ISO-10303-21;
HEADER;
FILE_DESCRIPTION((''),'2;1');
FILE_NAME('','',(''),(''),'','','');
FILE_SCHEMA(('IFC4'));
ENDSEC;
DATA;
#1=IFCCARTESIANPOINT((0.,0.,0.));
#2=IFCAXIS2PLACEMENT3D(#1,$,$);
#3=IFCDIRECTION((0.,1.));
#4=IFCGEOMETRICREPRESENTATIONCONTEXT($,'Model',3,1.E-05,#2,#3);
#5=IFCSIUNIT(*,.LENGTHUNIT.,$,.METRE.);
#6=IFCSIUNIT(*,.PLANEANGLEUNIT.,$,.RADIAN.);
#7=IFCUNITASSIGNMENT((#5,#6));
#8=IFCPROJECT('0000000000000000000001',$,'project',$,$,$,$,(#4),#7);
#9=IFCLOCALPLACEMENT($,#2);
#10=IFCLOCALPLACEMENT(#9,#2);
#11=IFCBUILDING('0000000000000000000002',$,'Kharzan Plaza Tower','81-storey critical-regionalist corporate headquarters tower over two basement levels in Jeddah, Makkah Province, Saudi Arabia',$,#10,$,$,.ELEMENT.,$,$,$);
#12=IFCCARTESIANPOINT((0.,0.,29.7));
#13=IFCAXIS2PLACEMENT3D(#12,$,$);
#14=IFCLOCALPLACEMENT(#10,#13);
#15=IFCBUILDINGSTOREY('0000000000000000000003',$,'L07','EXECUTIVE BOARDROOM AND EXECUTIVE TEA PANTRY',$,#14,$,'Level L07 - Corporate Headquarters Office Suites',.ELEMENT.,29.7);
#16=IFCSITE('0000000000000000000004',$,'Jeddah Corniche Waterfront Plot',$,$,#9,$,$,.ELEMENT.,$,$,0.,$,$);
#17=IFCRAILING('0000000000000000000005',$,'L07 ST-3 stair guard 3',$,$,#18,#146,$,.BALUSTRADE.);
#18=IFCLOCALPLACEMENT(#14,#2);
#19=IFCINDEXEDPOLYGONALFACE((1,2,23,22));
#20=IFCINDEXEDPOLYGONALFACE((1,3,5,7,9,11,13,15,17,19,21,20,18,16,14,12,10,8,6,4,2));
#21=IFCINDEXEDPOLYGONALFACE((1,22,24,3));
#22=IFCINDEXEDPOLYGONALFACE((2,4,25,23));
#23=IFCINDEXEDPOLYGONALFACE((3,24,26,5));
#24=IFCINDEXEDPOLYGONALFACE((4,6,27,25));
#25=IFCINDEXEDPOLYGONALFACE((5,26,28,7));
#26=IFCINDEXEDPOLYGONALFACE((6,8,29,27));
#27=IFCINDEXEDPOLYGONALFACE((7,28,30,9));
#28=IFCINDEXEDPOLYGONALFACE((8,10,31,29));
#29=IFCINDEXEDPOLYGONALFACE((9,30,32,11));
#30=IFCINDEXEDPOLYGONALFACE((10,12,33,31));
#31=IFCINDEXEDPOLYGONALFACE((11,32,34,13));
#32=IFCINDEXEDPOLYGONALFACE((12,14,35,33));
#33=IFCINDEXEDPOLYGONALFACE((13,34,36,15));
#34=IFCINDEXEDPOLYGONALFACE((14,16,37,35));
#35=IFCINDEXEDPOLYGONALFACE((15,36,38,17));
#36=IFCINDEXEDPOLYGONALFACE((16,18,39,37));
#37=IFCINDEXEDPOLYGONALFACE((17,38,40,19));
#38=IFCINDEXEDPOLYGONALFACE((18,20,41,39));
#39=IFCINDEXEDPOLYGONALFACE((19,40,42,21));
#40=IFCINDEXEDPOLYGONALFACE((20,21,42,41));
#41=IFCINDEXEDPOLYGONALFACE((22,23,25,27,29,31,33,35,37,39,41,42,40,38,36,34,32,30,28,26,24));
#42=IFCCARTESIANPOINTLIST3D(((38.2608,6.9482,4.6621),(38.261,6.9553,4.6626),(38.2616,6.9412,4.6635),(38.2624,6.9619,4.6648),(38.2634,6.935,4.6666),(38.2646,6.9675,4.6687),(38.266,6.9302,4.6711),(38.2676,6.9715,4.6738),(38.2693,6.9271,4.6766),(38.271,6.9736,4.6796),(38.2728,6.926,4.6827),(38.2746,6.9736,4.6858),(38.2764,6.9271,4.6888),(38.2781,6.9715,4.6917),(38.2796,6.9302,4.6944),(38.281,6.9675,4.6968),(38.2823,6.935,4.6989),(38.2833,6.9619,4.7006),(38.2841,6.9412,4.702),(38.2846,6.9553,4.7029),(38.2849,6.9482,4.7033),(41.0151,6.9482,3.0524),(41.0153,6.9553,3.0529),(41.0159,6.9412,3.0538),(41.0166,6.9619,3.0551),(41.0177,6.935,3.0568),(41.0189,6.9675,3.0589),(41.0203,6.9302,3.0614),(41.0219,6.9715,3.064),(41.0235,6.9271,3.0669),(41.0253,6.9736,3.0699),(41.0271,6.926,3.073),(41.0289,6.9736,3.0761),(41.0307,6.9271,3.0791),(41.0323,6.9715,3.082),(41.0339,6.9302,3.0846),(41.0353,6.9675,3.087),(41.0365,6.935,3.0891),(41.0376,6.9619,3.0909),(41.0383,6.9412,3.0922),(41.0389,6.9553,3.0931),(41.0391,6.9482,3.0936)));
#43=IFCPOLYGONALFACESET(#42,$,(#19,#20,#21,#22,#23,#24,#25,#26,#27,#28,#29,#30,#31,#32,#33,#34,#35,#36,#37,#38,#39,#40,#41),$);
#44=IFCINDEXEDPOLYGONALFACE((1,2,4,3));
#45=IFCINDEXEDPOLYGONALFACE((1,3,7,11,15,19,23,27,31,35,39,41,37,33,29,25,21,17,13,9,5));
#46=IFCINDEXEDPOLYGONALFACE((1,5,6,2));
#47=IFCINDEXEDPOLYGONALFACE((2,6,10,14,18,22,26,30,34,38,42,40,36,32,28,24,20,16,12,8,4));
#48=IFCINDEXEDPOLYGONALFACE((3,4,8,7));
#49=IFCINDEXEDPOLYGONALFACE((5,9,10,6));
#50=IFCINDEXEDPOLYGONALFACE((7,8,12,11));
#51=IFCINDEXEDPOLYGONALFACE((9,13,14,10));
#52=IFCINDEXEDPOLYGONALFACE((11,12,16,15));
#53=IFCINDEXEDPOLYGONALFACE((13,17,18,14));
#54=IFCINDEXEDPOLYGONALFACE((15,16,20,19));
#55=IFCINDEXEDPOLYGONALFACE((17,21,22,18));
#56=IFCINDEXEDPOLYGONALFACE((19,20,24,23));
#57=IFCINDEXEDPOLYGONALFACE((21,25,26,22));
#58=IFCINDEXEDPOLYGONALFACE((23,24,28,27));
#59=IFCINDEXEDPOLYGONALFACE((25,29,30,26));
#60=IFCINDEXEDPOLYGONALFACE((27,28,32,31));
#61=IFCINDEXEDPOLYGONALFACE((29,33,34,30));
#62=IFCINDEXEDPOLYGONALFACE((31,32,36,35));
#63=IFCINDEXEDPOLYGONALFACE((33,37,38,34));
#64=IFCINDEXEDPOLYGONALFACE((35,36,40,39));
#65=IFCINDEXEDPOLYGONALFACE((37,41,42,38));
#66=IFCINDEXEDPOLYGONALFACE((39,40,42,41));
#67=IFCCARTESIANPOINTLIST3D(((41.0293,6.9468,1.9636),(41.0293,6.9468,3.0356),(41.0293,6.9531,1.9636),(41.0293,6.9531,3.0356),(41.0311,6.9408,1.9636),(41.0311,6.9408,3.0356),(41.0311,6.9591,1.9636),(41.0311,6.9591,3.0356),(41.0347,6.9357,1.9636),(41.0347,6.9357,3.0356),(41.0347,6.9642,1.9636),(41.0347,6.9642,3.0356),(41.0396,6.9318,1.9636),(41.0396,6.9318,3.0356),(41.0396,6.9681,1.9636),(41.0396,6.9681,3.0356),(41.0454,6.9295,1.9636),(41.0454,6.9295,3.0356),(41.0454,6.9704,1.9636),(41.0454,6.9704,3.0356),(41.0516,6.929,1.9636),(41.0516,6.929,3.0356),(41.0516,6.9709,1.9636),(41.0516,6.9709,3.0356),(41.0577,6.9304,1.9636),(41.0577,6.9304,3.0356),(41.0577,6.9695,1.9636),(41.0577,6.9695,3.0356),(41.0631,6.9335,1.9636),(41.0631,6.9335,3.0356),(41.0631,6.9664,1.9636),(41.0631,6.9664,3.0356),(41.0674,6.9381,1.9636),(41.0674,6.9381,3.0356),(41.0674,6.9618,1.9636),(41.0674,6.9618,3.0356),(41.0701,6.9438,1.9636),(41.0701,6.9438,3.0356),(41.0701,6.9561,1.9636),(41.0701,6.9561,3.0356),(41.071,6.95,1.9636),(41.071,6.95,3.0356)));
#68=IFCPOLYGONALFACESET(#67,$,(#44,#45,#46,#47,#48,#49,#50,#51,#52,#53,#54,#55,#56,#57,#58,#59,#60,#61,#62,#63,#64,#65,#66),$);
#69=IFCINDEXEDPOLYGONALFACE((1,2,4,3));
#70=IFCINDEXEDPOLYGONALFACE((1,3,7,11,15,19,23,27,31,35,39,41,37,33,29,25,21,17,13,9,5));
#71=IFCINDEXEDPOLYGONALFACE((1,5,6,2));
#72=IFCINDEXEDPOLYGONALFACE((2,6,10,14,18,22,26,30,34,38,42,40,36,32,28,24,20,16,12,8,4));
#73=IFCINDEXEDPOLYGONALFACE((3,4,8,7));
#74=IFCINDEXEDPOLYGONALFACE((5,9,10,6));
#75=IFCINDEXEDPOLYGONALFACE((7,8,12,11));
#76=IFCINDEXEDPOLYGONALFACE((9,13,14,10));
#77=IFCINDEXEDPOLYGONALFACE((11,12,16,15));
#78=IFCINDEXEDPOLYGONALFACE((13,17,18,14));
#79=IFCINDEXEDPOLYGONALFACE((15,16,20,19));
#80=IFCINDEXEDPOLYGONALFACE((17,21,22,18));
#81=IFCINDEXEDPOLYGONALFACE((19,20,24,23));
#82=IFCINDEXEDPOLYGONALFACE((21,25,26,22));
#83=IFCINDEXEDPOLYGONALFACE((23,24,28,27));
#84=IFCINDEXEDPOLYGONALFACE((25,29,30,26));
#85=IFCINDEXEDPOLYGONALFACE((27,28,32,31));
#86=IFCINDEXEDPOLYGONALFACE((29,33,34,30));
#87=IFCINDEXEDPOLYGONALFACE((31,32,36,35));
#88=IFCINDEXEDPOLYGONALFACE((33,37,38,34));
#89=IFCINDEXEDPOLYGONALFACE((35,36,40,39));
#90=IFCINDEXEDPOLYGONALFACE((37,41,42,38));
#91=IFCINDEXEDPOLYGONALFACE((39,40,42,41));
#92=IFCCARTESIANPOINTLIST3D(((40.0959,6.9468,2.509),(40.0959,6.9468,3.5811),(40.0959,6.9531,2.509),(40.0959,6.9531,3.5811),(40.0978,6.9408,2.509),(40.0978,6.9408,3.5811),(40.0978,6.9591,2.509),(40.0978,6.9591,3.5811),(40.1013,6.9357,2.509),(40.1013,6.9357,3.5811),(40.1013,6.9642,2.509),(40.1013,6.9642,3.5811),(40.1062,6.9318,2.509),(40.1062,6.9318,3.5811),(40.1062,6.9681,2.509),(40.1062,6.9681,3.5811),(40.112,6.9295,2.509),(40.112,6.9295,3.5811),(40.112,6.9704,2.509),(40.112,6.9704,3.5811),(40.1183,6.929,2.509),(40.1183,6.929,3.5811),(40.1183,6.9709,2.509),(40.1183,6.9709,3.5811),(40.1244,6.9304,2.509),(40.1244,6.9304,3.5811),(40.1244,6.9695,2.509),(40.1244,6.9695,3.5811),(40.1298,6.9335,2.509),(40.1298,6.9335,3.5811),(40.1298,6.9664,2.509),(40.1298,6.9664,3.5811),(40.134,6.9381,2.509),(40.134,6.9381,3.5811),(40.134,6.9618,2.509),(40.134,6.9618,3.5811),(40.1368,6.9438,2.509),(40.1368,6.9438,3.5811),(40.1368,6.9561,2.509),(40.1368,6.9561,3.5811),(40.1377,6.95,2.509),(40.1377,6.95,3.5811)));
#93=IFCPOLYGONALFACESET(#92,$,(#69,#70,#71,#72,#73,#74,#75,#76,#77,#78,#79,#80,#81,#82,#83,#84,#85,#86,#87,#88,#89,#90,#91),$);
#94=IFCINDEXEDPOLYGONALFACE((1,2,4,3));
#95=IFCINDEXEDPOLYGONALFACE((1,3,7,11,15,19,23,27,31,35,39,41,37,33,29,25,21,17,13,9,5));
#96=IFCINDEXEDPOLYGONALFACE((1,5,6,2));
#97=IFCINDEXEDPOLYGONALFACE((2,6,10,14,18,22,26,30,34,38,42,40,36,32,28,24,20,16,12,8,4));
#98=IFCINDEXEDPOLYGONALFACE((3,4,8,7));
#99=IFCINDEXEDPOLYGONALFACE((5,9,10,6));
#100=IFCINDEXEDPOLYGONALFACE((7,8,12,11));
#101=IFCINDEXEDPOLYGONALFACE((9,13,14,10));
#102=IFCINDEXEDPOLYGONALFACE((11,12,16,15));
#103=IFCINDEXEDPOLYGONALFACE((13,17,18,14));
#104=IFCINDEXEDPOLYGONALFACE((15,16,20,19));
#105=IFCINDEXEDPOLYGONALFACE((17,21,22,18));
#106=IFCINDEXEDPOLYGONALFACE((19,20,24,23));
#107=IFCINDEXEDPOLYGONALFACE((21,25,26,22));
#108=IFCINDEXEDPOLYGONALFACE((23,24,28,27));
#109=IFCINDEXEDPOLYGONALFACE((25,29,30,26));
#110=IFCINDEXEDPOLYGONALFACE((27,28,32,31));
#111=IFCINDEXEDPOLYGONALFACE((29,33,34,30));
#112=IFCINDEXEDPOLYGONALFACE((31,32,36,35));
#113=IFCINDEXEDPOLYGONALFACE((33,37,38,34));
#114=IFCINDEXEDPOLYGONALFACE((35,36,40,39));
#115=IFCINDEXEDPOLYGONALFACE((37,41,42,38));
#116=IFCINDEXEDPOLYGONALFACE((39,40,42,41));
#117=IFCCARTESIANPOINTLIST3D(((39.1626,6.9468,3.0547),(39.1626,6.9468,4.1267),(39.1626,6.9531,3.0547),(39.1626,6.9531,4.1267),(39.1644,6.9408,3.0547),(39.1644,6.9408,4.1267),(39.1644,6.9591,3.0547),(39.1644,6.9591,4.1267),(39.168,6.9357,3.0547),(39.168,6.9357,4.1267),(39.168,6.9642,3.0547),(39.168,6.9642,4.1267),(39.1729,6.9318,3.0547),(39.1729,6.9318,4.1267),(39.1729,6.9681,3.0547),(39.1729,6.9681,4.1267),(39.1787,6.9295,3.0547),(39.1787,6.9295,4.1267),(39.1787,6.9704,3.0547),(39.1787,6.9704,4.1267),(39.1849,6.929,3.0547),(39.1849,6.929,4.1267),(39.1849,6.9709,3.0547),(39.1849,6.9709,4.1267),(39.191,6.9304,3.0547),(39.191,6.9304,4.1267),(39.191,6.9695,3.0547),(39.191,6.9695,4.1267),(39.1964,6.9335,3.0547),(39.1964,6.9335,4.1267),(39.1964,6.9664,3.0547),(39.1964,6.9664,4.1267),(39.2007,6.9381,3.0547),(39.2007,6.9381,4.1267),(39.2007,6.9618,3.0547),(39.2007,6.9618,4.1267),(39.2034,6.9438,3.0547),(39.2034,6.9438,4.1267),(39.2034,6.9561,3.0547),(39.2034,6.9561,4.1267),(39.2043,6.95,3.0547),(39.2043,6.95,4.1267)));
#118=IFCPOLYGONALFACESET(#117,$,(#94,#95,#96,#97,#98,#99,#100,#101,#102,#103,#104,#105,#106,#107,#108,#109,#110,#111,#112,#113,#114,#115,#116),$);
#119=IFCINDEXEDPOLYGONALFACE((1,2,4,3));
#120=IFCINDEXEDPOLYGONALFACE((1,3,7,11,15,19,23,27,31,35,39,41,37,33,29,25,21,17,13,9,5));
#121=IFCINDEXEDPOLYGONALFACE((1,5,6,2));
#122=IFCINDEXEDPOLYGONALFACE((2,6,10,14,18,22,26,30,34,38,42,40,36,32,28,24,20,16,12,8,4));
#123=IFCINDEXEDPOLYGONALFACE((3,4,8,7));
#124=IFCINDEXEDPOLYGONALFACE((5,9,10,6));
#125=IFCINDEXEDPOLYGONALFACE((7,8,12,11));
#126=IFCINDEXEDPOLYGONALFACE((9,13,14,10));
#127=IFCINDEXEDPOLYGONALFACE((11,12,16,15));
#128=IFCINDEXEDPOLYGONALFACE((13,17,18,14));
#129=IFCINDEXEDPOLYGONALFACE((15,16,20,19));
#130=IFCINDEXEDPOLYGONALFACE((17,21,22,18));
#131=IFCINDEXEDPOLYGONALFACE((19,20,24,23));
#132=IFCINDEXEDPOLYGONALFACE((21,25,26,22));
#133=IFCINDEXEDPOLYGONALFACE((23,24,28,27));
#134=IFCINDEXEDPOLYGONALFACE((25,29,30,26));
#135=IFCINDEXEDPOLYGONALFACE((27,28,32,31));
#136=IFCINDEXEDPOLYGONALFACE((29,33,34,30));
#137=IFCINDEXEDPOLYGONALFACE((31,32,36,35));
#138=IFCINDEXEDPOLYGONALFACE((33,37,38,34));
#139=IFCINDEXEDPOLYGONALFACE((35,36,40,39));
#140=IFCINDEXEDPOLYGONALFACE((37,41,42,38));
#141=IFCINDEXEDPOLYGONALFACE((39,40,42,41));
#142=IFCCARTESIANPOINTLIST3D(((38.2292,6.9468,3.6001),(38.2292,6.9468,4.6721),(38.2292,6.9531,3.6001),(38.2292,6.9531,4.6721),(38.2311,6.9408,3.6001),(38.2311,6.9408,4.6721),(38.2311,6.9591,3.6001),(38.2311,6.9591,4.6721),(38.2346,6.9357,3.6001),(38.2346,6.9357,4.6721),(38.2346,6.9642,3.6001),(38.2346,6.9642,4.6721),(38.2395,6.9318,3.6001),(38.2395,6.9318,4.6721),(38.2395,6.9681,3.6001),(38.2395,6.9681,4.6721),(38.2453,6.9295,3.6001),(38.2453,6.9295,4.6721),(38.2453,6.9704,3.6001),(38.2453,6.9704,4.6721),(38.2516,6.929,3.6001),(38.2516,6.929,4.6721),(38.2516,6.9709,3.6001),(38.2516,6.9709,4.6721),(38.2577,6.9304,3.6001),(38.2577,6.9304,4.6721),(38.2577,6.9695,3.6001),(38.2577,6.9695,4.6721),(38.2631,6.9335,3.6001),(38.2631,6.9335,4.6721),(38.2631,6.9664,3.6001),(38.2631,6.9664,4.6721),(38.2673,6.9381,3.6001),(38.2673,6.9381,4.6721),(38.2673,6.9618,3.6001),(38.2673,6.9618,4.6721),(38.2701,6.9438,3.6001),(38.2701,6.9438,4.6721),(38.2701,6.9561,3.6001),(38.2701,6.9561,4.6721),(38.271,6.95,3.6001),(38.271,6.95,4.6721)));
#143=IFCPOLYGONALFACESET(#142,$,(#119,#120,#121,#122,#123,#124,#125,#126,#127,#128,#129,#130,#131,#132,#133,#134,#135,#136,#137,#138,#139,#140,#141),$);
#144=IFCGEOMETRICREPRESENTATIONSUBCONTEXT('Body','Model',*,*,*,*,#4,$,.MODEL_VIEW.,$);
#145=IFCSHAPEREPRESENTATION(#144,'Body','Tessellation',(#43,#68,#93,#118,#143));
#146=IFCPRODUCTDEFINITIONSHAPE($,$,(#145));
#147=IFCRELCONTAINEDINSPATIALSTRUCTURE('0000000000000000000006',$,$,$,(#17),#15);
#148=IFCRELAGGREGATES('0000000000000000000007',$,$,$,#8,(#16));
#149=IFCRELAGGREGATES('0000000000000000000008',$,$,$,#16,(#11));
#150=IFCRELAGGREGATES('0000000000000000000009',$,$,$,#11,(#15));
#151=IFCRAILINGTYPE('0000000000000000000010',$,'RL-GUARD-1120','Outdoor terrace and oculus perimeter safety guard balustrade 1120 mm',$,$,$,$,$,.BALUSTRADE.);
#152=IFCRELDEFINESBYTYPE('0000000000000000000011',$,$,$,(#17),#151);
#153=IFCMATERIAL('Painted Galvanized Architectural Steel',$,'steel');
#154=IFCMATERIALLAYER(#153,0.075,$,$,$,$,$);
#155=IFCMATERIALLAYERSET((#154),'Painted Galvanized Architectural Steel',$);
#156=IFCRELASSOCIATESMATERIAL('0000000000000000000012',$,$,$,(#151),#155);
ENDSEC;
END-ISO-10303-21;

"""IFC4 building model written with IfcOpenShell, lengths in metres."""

from ifc_helpers import new_model, si_unit, direction, frame, origin, origin_2d, place, context, subcontext, project, spatial, circle, extrude, source, transform, mapped, material, layer, layer_set, type_object, element, save


model = new_model("IFC4")

# Units and contexts
model_context = context("Model", 3, precision=1e-05, world=origin(), true_north=direction((0.0, 1.0)))
body_context = subcontext(model_context, "Body", "Model", "MODEL_VIEW")
ifc_project = project(units=[si_unit("LENGTHUNIT", "METRE"), si_unit("PLANEANGLEUNIT", "RADIAN")], contexts=[model_context])

# Site, building, storey
site_placement = place(None, origin())
site = spatial("IfcSite", under=ifc_project, at=site_placement, Name="Jeddah Corniche Waterfront Plot", CompositionType="ELEMENT", RefElevation=0.0)
building_placement = place(site_placement, origin())
building = spatial("IfcBuilding", under=site, at=building_placement, Name="Kharzan Plaza Tower", Description="81-storey critical-regionalist corporate headquarters tower over two basement levels in Jeddah, Makkah Province, Saudi Arabia", CompositionType="ELEMENT")
storey_placement = place(building_placement, frame((0.0, 0.0, 29.7)))
storey = spatial("IfcBuildingStorey", under=building, at=storey_placement, Name="L07", Description="EXECUTIVE BOARDROOM AND EXECUTIVE TEA PANTRY", LongName="Level L07 - Corporate Headquarters Office Suites", CompositionType="ELEMENT", Elevation=29.7)

# Railing
ifc_material_1 = material(Name="Painted Galvanized Architectural Steel", Category="steel")
ifc_layer_1 = layer(ifc_material_1, 0.075)
ifc_layer_set_1 = layer_set([ifc_layer_1], Name="Painted Galvanized Architectural Steel")
railing_type_1 = type_object("IfcRailingType", Name="RL-GUARD-1120", Description="Outdoor terrace and oculus perimeter safety guard balustrade 1120 mm", PredefinedType="BALUSTRADE", material=ifc_layer_set_1)
shared_shape_1 = source(origin(), body_context, "Body", "SweptSolid", [
    extrude(circle(Radius=0.0239, at=origin_2d()), frame((-0.0229, 0.0, 1.1094), z_axis=(-0.863361, 0.0, 0.504587), x_axis=(0.0, -1.0, 0.0)), (0.0, 0.0, 1.0), 3.1902),
    extrude(circle(Radius=0.021, at=origin_2d()), origin(), (0.0, 0.0, 1.0), 1.072),
    extrude(circle(Radius=0.021, at=origin_2d()), frame((-0.9333, 0.0, 0.5454)), (0.0, 0.0, 1.0), 1.072),
    extrude(circle(Radius=0.021, at=origin_2d()), frame((-1.8667, 0.0, 1.0911)), (0.0, 0.0, 1.0), 1.072),
    extrude(circle(Radius=0.021, at=origin_2d()), frame((-2.8, 0.0, 1.6365)), (0.0, 0.0, 1.0), 1.072),
])
railing_1_placement = place(storey_placement, frame((41.05, 6.95, 1.9636)))
element("IfcRailing", 1, at=railing_1_placement, inside=storey, type_object=railing_type_1, Name="L07 ST-3 stair guard 3", PredefinedType="BALUSTRADE", context=body_context, shape_type="MappedRepresentation", body=[
    mapped(shared_shape_1, transform((0.0, 0.0, 0.0), x_axis=(1.0, 0.0, 0.0), y_axis=(0.0, 1.0, 0.0), z_axis=(0.0, 0.0, 1.0))),
])

save(model, "model.ifc")
